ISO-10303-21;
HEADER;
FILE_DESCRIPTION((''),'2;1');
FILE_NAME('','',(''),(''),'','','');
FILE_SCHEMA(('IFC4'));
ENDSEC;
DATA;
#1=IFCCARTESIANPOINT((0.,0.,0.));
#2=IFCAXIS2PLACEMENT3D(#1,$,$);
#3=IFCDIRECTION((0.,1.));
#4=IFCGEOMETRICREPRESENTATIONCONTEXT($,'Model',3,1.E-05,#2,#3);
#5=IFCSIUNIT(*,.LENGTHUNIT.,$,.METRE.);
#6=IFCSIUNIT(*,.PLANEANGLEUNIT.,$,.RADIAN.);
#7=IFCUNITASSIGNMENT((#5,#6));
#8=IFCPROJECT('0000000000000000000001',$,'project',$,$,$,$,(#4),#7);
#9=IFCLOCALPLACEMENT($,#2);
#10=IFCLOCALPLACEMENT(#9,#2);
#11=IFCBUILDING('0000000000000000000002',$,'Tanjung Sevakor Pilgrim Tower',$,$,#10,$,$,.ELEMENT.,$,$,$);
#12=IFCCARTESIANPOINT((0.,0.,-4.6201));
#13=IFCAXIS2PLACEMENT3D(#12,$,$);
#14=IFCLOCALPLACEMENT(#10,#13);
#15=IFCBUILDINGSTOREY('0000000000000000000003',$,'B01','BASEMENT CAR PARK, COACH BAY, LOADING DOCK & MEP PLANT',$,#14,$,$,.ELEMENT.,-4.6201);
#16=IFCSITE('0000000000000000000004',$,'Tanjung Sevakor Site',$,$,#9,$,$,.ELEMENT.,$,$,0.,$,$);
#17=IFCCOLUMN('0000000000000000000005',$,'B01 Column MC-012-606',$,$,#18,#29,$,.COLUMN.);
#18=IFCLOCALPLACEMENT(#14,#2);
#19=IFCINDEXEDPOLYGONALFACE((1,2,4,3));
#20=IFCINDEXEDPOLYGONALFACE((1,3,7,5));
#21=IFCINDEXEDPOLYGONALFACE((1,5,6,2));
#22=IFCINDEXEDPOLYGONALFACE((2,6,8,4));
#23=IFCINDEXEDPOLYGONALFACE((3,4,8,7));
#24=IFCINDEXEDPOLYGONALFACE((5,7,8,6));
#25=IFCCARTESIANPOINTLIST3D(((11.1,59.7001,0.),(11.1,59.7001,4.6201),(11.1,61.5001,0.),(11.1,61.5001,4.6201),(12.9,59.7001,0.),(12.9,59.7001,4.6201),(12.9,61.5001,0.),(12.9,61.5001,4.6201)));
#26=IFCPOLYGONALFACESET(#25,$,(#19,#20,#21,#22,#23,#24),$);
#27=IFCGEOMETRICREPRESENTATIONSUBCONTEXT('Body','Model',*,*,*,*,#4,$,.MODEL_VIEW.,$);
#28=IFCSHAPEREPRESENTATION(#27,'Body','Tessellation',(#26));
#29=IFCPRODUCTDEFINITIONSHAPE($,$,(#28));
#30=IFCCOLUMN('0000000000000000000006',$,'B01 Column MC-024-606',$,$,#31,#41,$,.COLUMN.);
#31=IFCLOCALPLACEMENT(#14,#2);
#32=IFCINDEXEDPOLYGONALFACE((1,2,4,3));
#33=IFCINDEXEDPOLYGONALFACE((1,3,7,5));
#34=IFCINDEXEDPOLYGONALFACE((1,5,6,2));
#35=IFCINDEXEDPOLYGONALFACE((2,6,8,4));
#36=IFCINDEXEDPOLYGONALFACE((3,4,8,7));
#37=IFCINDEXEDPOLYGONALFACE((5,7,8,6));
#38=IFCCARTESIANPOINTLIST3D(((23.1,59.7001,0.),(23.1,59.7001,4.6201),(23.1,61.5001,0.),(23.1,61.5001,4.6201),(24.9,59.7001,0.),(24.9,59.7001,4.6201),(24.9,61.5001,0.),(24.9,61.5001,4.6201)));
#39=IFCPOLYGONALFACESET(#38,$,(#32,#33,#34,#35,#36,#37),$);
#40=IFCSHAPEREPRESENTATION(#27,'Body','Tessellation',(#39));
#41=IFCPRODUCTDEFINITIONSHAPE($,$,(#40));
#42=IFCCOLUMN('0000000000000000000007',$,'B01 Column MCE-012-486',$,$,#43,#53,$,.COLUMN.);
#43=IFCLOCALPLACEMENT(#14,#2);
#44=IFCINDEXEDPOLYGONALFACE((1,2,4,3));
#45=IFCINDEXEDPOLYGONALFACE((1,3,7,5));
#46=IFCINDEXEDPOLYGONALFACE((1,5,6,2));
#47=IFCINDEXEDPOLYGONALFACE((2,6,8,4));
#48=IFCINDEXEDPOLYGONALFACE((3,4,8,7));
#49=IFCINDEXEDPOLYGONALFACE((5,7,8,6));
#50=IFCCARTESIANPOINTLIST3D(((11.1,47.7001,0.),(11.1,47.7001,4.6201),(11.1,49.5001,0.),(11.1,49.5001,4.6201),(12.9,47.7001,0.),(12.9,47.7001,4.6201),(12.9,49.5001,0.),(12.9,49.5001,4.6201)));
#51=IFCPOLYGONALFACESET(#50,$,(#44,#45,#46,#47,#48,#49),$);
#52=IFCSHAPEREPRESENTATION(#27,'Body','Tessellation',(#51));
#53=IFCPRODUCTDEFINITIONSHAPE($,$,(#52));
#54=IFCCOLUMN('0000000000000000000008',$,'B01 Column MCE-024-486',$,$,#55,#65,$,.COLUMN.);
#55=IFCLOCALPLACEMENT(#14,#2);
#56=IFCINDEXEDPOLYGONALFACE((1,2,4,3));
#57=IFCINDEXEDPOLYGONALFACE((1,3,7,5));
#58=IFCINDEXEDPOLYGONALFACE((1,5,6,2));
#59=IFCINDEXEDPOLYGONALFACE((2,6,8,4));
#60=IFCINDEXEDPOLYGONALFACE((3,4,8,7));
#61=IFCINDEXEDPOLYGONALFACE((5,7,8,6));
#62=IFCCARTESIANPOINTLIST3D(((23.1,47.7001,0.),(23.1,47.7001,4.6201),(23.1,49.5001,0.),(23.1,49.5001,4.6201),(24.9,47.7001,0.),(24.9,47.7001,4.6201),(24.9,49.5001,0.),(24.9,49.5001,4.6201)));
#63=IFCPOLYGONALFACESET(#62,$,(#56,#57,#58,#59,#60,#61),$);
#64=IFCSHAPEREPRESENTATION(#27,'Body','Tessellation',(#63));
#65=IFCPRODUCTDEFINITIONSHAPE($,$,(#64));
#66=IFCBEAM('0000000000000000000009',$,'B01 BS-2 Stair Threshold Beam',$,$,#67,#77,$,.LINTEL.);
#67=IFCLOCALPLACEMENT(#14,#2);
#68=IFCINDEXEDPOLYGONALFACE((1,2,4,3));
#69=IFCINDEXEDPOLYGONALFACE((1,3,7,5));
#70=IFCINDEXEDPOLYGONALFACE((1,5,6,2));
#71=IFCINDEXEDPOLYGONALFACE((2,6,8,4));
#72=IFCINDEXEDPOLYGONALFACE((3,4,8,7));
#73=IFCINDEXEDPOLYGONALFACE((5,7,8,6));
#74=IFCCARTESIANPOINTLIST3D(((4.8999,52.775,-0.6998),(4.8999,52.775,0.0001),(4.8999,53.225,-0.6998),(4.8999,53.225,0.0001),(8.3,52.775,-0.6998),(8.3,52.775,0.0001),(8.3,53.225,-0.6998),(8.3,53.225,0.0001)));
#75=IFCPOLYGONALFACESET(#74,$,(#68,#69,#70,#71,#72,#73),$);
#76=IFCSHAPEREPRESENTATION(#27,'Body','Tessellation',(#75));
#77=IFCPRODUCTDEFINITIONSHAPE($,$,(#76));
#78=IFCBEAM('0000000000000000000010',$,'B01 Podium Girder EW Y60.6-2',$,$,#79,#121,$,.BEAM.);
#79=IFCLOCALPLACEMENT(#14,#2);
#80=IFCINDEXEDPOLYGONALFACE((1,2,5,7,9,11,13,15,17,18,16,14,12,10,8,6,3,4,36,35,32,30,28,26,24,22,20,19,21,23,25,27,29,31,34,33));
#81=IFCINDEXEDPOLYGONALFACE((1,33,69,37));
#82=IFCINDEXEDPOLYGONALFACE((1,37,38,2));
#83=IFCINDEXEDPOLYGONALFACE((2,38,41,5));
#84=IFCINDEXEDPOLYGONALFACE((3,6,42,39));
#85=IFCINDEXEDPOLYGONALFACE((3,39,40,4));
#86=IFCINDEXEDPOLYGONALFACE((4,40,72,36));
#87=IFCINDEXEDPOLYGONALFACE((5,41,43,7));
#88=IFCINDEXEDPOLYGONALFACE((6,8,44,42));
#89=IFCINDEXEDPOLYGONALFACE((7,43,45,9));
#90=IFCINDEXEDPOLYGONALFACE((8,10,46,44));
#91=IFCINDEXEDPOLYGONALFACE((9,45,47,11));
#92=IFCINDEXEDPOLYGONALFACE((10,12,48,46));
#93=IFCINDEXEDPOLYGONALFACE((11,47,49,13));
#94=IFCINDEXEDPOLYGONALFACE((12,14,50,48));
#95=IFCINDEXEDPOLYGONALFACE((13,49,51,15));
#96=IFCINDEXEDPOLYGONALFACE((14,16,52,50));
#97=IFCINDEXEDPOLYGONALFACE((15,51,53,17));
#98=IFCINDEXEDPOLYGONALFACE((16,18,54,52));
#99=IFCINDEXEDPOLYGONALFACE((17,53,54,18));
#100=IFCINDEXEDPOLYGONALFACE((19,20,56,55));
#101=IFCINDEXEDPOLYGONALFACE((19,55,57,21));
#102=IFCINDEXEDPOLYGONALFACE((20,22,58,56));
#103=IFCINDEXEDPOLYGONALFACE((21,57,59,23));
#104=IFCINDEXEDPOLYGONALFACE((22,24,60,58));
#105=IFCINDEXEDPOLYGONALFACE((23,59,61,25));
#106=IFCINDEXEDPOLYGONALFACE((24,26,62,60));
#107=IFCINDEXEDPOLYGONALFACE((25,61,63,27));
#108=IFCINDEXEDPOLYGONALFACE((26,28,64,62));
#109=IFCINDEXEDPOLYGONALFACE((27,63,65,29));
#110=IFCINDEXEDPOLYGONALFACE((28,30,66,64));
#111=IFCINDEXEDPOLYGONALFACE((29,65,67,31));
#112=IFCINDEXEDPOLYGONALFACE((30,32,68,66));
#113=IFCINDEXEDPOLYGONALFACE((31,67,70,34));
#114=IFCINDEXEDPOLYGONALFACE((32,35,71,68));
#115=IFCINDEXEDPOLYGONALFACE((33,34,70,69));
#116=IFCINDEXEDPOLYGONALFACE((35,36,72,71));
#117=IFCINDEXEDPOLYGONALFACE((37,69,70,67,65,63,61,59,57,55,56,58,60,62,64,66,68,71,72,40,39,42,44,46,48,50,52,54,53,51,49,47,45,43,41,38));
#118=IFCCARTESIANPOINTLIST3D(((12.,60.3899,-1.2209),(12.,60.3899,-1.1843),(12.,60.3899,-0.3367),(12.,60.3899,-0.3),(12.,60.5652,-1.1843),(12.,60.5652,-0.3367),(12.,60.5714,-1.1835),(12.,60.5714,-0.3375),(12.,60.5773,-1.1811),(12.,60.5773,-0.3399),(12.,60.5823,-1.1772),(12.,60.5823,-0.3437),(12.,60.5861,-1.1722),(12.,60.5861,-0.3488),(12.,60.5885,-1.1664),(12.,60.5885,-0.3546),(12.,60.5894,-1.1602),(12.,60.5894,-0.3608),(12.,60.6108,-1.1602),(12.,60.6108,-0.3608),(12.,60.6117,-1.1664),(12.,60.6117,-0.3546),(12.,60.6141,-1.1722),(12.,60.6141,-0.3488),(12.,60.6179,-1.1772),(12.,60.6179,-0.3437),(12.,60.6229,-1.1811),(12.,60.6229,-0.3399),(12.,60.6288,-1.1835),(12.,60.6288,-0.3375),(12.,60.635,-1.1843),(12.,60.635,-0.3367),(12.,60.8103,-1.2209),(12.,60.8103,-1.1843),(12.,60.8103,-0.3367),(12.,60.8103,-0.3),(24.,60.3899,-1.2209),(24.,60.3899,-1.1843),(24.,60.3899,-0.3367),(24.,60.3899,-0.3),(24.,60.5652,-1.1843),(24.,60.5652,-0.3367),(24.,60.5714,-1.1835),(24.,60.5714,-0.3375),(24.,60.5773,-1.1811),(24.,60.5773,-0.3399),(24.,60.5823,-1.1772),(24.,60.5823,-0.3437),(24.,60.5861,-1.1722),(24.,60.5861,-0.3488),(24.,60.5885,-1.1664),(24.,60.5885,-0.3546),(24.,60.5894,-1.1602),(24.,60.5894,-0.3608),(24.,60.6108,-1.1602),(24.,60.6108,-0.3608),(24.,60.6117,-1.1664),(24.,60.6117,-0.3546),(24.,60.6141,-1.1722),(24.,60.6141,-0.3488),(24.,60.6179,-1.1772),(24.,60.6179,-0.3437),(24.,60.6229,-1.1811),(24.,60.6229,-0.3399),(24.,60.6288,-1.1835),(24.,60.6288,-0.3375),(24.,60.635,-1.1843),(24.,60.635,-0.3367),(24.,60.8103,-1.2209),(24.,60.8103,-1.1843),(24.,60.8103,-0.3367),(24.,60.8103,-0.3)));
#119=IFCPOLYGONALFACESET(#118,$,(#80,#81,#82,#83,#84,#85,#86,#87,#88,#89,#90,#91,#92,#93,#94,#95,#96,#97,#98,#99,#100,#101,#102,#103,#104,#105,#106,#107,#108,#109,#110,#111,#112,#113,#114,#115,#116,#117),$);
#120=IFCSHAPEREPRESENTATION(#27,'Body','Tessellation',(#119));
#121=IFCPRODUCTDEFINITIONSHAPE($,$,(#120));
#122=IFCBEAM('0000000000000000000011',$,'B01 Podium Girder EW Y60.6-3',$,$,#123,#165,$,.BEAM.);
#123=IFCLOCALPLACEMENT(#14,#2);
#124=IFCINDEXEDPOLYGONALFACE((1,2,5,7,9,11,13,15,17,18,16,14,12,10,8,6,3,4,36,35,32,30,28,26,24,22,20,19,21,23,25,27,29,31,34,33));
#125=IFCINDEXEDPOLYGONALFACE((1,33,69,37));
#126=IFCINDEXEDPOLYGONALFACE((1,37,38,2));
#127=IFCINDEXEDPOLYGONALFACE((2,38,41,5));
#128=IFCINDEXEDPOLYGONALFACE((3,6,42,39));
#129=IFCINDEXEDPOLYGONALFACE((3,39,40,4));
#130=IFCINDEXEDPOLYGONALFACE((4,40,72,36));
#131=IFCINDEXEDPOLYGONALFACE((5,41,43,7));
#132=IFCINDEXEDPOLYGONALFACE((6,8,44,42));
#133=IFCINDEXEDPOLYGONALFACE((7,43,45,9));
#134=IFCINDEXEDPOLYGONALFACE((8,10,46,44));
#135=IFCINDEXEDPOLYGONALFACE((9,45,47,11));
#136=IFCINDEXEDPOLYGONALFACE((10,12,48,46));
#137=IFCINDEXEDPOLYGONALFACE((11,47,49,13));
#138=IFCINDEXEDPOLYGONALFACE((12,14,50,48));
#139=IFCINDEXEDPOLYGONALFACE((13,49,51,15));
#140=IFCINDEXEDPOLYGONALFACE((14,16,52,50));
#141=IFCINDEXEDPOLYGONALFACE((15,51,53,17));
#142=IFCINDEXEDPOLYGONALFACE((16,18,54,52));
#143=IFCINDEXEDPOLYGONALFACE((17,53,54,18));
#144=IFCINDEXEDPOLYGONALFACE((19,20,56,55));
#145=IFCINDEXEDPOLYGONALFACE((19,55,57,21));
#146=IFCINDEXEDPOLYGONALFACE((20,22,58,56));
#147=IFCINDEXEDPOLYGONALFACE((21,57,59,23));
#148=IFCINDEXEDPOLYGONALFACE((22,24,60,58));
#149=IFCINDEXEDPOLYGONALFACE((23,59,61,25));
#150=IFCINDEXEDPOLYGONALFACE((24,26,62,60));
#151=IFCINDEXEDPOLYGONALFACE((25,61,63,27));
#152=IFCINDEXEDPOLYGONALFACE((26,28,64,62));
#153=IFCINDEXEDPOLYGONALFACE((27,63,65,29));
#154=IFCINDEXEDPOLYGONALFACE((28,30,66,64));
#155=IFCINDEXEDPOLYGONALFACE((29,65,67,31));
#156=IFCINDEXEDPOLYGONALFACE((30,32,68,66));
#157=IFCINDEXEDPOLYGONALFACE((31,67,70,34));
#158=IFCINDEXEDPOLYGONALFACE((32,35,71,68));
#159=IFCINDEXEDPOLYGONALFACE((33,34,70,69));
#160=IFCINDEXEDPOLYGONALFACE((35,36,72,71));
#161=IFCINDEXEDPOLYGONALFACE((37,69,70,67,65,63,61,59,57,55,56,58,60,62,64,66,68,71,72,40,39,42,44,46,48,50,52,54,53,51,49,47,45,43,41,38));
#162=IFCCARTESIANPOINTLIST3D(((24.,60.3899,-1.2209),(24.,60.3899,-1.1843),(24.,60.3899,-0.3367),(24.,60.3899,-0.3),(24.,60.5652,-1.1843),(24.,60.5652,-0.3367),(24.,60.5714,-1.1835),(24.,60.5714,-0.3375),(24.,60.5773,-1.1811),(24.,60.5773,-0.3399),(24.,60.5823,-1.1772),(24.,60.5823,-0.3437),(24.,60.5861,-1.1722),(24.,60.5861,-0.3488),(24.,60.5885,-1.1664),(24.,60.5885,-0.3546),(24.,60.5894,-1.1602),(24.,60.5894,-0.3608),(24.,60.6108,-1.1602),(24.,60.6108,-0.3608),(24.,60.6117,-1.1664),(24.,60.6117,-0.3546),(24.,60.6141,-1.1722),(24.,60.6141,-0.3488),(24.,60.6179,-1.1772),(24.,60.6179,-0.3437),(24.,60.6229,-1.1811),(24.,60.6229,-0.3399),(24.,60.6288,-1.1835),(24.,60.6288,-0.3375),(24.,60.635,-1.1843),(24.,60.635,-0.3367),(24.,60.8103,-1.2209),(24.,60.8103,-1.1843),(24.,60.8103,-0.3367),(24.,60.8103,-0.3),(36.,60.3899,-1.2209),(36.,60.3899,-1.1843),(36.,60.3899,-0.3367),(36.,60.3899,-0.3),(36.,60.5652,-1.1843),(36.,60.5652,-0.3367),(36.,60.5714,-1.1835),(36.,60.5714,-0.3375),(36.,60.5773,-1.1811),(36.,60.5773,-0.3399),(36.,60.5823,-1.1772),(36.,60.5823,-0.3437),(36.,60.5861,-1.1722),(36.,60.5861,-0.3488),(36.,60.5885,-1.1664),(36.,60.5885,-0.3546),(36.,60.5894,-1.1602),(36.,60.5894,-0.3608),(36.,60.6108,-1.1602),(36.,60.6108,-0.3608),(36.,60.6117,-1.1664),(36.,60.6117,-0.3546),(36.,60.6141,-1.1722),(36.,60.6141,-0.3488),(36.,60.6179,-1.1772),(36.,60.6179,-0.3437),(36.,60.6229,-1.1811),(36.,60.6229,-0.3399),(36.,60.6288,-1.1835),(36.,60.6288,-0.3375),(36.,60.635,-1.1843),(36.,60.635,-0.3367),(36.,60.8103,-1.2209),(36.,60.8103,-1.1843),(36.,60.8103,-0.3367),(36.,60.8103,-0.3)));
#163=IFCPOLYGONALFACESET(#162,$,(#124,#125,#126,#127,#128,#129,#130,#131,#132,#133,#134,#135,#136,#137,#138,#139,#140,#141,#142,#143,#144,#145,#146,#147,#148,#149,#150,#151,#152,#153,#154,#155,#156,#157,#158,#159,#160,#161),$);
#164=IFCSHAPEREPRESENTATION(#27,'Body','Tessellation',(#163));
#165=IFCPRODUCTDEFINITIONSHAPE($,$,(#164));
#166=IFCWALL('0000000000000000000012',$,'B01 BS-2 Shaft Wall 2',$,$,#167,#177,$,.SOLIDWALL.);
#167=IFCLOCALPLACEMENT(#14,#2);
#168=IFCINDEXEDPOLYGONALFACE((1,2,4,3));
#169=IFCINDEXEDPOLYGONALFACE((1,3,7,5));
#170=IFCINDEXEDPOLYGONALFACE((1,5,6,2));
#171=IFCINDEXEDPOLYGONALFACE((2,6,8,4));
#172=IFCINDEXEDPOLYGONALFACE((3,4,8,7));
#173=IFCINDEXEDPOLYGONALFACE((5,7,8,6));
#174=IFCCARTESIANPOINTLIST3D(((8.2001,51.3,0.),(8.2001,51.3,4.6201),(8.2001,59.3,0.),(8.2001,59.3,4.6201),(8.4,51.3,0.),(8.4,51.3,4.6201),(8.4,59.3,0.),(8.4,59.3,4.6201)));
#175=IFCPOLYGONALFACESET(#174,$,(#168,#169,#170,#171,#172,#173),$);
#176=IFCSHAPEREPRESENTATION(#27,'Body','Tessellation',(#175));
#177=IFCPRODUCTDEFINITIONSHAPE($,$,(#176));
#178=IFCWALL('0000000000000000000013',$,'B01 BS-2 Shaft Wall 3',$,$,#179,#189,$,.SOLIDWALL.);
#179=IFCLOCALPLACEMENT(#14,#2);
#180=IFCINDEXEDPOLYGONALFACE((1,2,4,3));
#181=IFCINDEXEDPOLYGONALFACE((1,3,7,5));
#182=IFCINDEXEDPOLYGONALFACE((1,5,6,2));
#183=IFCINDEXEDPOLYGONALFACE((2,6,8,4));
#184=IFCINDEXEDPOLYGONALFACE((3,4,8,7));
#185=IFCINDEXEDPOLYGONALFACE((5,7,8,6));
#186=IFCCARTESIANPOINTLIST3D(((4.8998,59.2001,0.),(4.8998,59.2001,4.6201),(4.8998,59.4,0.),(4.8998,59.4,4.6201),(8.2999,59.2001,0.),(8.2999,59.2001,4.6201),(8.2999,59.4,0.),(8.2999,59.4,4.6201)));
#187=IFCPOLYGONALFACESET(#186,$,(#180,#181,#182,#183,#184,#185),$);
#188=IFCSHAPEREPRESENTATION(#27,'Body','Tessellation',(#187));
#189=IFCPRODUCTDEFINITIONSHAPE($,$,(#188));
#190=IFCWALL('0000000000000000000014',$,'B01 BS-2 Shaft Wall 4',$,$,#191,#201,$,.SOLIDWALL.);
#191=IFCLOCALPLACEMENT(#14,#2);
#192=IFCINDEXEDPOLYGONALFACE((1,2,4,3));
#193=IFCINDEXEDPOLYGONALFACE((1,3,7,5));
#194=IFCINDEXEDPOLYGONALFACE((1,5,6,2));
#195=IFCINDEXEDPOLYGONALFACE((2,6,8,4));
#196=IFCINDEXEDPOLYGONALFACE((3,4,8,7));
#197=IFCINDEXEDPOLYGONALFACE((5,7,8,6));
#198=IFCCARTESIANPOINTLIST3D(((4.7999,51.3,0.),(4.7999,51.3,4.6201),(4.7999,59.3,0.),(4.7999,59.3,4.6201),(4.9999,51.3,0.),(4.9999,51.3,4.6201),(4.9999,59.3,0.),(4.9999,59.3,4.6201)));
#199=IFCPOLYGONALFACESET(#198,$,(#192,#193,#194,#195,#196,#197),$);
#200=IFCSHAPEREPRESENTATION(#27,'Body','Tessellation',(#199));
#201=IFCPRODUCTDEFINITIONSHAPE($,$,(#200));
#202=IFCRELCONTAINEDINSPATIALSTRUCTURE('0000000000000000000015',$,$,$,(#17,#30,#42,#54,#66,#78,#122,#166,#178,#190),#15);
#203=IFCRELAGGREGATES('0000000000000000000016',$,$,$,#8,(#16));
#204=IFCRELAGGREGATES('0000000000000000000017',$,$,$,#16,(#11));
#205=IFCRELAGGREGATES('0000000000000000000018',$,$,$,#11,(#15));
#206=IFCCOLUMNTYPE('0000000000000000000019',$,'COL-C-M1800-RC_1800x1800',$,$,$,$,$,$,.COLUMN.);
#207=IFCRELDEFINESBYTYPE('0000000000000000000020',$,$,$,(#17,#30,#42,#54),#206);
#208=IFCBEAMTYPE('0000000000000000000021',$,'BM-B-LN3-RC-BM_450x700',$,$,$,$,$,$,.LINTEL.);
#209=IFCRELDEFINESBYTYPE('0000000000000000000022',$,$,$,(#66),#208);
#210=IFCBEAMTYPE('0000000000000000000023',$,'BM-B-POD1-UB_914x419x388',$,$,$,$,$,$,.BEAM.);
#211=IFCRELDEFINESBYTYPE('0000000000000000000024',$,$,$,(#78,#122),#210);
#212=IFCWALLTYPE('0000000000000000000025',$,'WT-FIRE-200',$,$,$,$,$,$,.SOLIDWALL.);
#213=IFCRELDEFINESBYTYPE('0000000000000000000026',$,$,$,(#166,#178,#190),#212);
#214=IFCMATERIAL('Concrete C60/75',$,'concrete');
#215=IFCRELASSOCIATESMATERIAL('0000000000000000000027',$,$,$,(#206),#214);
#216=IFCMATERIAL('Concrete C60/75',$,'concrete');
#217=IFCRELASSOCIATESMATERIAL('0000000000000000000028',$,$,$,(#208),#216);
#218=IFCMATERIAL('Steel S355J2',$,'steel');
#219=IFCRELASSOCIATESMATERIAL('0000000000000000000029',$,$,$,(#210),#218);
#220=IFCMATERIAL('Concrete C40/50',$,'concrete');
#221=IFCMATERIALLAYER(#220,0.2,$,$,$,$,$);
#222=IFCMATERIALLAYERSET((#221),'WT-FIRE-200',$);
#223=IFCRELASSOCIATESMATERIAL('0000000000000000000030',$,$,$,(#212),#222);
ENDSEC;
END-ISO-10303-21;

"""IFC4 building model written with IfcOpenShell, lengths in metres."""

from ifc_helpers import new_model, si_unit, direction, frame, frame_2d, origin, origin_2d, place, context, subcontext, project, spatial, rectangle, i_section, extrude, material, layer, layer_set, material_profile, profile_set, type_object, element, save


model = new_model("IFC4")

# Units and contexts
model_context = context("Model", 3, precision=1e-05, world=origin(), true_north=direction((0.0, 1.0)))
body_context = subcontext(model_context, "Body", "Model", "MODEL_VIEW")
ifc_project = project(units=[si_unit("LENGTHUNIT", "METRE"), si_unit("PLANEANGLEUNIT", "RADIAN")], contexts=[model_context])

# Site, building, storey
site_placement = place(None, origin())
site = spatial("IfcSite", under=ifc_project, at=site_placement, Name="Tanjung Sevakor Site", CompositionType="ELEMENT", RefElevation=0.0)
building_placement = place(site_placement, origin())
building = spatial("IfcBuilding", under=site, at=building_placement, Name="Tanjung Sevakor Pilgrim Tower", CompositionType="ELEMENT")
storey_placement = place(building_placement, frame((0.0, 0.0, -4.6201)))
storey = spatial("IfcBuildingStorey", under=building, at=storey_placement, Name="B01", Description="BASEMENT CAR PARK, COACH BAY, LOADING DOCK & MEP PLANT", CompositionType="ELEMENT", Elevation=-4.6201)

# Columns
ifc_material_1 = material(Name="Concrete C60/75", Category="concrete")
ifc_material_profile_1 = material_profile(ifc_material_1, rectangle(XDim=1.8, YDim=1.8, at=origin_2d()))
ifc_profile_set_1 = profile_set([ifc_material_profile_1], Name="Concrete C60/75")
column_type = type_object("IfcColumnType", Name="COL-C-M1800-RC_1800x1800", PredefinedType="COLUMN", material=ifc_profile_set_1)
for number, where, z_axis, x_axis, name in (
    (1, (12.0, 60.6001, 0.0), (0.0, 0.0, 1.0), (1.0, 0.0, 0.0), "B01 Column MC-012-606"),
    (2, (24.0, 60.6001, 0.0), (0.0, 0.0, 1.0), (1.0, 0.0, 0.0), "B01 Column MC-024-606"),
    (3, (12.0, 48.6001, 0.0), (0.0, 0.0, 1.0), (1.0, 0.0, 0.0), "B01 Column MCE-012-486"),
    (4, (24.0, 48.6001, 0.0), (0.0, 0.0, 1.0), (1.0, 0.0, 0.0), "B01 Column MCE-024-486"),
):
    element("IfcColumn", number, at=place(storey_placement, frame(where, z_axis=z_axis, x_axis=x_axis)), inside=storey, type_object=column_type, Name=name, PredefinedType="COLUMN", context=body_context, shape_type="SweptSolid", body=[
        extrude(rectangle(XDim=1.8, YDim=1.8, at=origin_2d()), origin(), (0.0, 0.0, 1.0), 4.6201),
    ])

# Beams
ifc_material_2 = material(Name="Concrete C60/75", Category="concrete")
ifc_material_profile_2 = material_profile(ifc_material_2, rectangle(XDim=0.45, YDim=0.7, at=origin_2d()))
ifc_profile_set_2 = profile_set([ifc_material_profile_2], Name="Concrete C60/75")
beam_type_1 = type_object("IfcBeamType", Name="BM-B-LN3-RC-BM_450x700", PredefinedType="LINTEL", material=ifc_profile_set_2)
beam_placement = place(storey_placement, frame((4.8999, 53.0, -0.3499), z_axis=(1.0, 0.0, 0.0), x_axis=(0.0, 1.0, 0.0)))
element("IfcBeam", 5, at=beam_placement, inside=storey, type_object=beam_type_1, Name="B01 BS-2 Stair Threshold Beam", PredefinedType="LINTEL", context=body_context, shape_type="SweptSolid", body=[
    extrude(rectangle(XDim=0.45, YDim=0.7, at=origin_2d()), origin(), (0.0, 0.0, 1.0), 3.4001),
])
ifc_material_3 = material(Name="Steel S355J2", Category="steel")
ifc_material_profile_3 = material_profile(ifc_material_3, i_section(OverallWidth=0.4204, OverallDepth=0.9209, WebThickness=0.0215, FlangeThickness=0.0366, FilletRadius=0.0242, at=origin_2d()))
ifc_profile_set_3 = profile_set([ifc_material_profile_3], Name="Steel S355J2")
beam_type_2 = type_object("IfcBeamType", Name="BM-B-POD1-UB_914x419x388", PredefinedType="BEAM", material=ifc_profile_set_3)
for number, where, z_axis, x_axis, name in (
    (6, (12.0, 60.6001, -0.7605), (1.0, 0.0, 0.0), (0.0, 1.0, 0.0), "B01 Podium Girder EW Y60.6-2"),
    (7, (24.0, 60.6001, -0.7605), (1.0, 0.0, 0.0), (0.0, 1.0, 0.0), "B01 Podium Girder EW Y60.6-3"),
):
    element("IfcBeam", number, at=place(storey_placement, frame(where, z_axis=z_axis, x_axis=x_axis)), inside=storey, type_object=beam_type_2, Name=name, PredefinedType="BEAM", context=body_context, shape_type="SweptSolid", body=[
        extrude(i_section(OverallWidth=0.4204, OverallDepth=0.9209, WebThickness=0.0215, FlangeThickness=0.0366, FilletRadius=0.0242, at=origin_2d()), origin(), (0.0, 0.0, 1.0), 12.0),
    ])

# Shared definitions
ifc_material_4 = material(Name="Concrete C40/50", Category="concrete")
ifc_layer_1 = layer(ifc_material_4, 0.2)
ifc_layer_set_1 = layer_set([ifc_layer_1], Name="WT-FIRE-200")
wall_type_1 = type_object("IfcWallType", Name="WT-FIRE-200", PredefinedType="SOLIDWALL", material=ifc_layer_set_1)

# Walls
wall_1_placement = place(storey_placement, frame((8.3, 51.3, 0.0), z_axis=(0.0, 0.0, 1.0), x_axis=(0.0, 1.0, 0.0)))
element("IfcWall", 8, at=wall_1_placement, inside=storey, type_object=wall_type_1, Name="B01 BS-2 Shaft Wall 2", PredefinedType="SOLIDWALL", context=body_context, shape_type="SweptSolid", body=[
    extrude(rectangle(XDim=8.0, YDim=0.2, at=frame_2d((4.0, 0.0))), origin(), (0.0, 0.0, 1.0), 4.6201),
])
wall_2_placement = place(storey_placement, frame((8.3, 59.3, 0.0), z_axis=(0.0, 0.0, 1.0), x_axis=(-1.0, 0.0, 0.0)))
element("IfcWall", 9, at=wall_2_placement, inside=storey, type_object=wall_type_1, Name="B01 BS-2 Shaft Wall 3", PredefinedType="SOLIDWALL", context=body_context, shape_type="SweptSolid", body=[
    extrude(rectangle(XDim=3.4001, YDim=0.2, at=frame_2d((1.7002, 0.0))), origin(), (0.0, 0.0, 1.0), 4.6201),
])
wall_3_placement = place(storey_placement, frame((4.8999, 59.3, 0.0), z_axis=(0.0, 0.0, 1.0), x_axis=(0.0, -1.0, 0.0)))
element("IfcWall", 10, at=wall_3_placement, inside=storey, type_object=wall_type_1, Name="B01 BS-2 Shaft Wall 4", PredefinedType="SOLIDWALL", context=body_context, shape_type="SweptSolid", body=[
    extrude(rectangle(XDim=8.0, YDim=0.2, at=frame_2d((4.0, 0.0))), origin(), (0.0, 0.0, 1.0), 4.6201),
])

save(model, "model.ifc")
